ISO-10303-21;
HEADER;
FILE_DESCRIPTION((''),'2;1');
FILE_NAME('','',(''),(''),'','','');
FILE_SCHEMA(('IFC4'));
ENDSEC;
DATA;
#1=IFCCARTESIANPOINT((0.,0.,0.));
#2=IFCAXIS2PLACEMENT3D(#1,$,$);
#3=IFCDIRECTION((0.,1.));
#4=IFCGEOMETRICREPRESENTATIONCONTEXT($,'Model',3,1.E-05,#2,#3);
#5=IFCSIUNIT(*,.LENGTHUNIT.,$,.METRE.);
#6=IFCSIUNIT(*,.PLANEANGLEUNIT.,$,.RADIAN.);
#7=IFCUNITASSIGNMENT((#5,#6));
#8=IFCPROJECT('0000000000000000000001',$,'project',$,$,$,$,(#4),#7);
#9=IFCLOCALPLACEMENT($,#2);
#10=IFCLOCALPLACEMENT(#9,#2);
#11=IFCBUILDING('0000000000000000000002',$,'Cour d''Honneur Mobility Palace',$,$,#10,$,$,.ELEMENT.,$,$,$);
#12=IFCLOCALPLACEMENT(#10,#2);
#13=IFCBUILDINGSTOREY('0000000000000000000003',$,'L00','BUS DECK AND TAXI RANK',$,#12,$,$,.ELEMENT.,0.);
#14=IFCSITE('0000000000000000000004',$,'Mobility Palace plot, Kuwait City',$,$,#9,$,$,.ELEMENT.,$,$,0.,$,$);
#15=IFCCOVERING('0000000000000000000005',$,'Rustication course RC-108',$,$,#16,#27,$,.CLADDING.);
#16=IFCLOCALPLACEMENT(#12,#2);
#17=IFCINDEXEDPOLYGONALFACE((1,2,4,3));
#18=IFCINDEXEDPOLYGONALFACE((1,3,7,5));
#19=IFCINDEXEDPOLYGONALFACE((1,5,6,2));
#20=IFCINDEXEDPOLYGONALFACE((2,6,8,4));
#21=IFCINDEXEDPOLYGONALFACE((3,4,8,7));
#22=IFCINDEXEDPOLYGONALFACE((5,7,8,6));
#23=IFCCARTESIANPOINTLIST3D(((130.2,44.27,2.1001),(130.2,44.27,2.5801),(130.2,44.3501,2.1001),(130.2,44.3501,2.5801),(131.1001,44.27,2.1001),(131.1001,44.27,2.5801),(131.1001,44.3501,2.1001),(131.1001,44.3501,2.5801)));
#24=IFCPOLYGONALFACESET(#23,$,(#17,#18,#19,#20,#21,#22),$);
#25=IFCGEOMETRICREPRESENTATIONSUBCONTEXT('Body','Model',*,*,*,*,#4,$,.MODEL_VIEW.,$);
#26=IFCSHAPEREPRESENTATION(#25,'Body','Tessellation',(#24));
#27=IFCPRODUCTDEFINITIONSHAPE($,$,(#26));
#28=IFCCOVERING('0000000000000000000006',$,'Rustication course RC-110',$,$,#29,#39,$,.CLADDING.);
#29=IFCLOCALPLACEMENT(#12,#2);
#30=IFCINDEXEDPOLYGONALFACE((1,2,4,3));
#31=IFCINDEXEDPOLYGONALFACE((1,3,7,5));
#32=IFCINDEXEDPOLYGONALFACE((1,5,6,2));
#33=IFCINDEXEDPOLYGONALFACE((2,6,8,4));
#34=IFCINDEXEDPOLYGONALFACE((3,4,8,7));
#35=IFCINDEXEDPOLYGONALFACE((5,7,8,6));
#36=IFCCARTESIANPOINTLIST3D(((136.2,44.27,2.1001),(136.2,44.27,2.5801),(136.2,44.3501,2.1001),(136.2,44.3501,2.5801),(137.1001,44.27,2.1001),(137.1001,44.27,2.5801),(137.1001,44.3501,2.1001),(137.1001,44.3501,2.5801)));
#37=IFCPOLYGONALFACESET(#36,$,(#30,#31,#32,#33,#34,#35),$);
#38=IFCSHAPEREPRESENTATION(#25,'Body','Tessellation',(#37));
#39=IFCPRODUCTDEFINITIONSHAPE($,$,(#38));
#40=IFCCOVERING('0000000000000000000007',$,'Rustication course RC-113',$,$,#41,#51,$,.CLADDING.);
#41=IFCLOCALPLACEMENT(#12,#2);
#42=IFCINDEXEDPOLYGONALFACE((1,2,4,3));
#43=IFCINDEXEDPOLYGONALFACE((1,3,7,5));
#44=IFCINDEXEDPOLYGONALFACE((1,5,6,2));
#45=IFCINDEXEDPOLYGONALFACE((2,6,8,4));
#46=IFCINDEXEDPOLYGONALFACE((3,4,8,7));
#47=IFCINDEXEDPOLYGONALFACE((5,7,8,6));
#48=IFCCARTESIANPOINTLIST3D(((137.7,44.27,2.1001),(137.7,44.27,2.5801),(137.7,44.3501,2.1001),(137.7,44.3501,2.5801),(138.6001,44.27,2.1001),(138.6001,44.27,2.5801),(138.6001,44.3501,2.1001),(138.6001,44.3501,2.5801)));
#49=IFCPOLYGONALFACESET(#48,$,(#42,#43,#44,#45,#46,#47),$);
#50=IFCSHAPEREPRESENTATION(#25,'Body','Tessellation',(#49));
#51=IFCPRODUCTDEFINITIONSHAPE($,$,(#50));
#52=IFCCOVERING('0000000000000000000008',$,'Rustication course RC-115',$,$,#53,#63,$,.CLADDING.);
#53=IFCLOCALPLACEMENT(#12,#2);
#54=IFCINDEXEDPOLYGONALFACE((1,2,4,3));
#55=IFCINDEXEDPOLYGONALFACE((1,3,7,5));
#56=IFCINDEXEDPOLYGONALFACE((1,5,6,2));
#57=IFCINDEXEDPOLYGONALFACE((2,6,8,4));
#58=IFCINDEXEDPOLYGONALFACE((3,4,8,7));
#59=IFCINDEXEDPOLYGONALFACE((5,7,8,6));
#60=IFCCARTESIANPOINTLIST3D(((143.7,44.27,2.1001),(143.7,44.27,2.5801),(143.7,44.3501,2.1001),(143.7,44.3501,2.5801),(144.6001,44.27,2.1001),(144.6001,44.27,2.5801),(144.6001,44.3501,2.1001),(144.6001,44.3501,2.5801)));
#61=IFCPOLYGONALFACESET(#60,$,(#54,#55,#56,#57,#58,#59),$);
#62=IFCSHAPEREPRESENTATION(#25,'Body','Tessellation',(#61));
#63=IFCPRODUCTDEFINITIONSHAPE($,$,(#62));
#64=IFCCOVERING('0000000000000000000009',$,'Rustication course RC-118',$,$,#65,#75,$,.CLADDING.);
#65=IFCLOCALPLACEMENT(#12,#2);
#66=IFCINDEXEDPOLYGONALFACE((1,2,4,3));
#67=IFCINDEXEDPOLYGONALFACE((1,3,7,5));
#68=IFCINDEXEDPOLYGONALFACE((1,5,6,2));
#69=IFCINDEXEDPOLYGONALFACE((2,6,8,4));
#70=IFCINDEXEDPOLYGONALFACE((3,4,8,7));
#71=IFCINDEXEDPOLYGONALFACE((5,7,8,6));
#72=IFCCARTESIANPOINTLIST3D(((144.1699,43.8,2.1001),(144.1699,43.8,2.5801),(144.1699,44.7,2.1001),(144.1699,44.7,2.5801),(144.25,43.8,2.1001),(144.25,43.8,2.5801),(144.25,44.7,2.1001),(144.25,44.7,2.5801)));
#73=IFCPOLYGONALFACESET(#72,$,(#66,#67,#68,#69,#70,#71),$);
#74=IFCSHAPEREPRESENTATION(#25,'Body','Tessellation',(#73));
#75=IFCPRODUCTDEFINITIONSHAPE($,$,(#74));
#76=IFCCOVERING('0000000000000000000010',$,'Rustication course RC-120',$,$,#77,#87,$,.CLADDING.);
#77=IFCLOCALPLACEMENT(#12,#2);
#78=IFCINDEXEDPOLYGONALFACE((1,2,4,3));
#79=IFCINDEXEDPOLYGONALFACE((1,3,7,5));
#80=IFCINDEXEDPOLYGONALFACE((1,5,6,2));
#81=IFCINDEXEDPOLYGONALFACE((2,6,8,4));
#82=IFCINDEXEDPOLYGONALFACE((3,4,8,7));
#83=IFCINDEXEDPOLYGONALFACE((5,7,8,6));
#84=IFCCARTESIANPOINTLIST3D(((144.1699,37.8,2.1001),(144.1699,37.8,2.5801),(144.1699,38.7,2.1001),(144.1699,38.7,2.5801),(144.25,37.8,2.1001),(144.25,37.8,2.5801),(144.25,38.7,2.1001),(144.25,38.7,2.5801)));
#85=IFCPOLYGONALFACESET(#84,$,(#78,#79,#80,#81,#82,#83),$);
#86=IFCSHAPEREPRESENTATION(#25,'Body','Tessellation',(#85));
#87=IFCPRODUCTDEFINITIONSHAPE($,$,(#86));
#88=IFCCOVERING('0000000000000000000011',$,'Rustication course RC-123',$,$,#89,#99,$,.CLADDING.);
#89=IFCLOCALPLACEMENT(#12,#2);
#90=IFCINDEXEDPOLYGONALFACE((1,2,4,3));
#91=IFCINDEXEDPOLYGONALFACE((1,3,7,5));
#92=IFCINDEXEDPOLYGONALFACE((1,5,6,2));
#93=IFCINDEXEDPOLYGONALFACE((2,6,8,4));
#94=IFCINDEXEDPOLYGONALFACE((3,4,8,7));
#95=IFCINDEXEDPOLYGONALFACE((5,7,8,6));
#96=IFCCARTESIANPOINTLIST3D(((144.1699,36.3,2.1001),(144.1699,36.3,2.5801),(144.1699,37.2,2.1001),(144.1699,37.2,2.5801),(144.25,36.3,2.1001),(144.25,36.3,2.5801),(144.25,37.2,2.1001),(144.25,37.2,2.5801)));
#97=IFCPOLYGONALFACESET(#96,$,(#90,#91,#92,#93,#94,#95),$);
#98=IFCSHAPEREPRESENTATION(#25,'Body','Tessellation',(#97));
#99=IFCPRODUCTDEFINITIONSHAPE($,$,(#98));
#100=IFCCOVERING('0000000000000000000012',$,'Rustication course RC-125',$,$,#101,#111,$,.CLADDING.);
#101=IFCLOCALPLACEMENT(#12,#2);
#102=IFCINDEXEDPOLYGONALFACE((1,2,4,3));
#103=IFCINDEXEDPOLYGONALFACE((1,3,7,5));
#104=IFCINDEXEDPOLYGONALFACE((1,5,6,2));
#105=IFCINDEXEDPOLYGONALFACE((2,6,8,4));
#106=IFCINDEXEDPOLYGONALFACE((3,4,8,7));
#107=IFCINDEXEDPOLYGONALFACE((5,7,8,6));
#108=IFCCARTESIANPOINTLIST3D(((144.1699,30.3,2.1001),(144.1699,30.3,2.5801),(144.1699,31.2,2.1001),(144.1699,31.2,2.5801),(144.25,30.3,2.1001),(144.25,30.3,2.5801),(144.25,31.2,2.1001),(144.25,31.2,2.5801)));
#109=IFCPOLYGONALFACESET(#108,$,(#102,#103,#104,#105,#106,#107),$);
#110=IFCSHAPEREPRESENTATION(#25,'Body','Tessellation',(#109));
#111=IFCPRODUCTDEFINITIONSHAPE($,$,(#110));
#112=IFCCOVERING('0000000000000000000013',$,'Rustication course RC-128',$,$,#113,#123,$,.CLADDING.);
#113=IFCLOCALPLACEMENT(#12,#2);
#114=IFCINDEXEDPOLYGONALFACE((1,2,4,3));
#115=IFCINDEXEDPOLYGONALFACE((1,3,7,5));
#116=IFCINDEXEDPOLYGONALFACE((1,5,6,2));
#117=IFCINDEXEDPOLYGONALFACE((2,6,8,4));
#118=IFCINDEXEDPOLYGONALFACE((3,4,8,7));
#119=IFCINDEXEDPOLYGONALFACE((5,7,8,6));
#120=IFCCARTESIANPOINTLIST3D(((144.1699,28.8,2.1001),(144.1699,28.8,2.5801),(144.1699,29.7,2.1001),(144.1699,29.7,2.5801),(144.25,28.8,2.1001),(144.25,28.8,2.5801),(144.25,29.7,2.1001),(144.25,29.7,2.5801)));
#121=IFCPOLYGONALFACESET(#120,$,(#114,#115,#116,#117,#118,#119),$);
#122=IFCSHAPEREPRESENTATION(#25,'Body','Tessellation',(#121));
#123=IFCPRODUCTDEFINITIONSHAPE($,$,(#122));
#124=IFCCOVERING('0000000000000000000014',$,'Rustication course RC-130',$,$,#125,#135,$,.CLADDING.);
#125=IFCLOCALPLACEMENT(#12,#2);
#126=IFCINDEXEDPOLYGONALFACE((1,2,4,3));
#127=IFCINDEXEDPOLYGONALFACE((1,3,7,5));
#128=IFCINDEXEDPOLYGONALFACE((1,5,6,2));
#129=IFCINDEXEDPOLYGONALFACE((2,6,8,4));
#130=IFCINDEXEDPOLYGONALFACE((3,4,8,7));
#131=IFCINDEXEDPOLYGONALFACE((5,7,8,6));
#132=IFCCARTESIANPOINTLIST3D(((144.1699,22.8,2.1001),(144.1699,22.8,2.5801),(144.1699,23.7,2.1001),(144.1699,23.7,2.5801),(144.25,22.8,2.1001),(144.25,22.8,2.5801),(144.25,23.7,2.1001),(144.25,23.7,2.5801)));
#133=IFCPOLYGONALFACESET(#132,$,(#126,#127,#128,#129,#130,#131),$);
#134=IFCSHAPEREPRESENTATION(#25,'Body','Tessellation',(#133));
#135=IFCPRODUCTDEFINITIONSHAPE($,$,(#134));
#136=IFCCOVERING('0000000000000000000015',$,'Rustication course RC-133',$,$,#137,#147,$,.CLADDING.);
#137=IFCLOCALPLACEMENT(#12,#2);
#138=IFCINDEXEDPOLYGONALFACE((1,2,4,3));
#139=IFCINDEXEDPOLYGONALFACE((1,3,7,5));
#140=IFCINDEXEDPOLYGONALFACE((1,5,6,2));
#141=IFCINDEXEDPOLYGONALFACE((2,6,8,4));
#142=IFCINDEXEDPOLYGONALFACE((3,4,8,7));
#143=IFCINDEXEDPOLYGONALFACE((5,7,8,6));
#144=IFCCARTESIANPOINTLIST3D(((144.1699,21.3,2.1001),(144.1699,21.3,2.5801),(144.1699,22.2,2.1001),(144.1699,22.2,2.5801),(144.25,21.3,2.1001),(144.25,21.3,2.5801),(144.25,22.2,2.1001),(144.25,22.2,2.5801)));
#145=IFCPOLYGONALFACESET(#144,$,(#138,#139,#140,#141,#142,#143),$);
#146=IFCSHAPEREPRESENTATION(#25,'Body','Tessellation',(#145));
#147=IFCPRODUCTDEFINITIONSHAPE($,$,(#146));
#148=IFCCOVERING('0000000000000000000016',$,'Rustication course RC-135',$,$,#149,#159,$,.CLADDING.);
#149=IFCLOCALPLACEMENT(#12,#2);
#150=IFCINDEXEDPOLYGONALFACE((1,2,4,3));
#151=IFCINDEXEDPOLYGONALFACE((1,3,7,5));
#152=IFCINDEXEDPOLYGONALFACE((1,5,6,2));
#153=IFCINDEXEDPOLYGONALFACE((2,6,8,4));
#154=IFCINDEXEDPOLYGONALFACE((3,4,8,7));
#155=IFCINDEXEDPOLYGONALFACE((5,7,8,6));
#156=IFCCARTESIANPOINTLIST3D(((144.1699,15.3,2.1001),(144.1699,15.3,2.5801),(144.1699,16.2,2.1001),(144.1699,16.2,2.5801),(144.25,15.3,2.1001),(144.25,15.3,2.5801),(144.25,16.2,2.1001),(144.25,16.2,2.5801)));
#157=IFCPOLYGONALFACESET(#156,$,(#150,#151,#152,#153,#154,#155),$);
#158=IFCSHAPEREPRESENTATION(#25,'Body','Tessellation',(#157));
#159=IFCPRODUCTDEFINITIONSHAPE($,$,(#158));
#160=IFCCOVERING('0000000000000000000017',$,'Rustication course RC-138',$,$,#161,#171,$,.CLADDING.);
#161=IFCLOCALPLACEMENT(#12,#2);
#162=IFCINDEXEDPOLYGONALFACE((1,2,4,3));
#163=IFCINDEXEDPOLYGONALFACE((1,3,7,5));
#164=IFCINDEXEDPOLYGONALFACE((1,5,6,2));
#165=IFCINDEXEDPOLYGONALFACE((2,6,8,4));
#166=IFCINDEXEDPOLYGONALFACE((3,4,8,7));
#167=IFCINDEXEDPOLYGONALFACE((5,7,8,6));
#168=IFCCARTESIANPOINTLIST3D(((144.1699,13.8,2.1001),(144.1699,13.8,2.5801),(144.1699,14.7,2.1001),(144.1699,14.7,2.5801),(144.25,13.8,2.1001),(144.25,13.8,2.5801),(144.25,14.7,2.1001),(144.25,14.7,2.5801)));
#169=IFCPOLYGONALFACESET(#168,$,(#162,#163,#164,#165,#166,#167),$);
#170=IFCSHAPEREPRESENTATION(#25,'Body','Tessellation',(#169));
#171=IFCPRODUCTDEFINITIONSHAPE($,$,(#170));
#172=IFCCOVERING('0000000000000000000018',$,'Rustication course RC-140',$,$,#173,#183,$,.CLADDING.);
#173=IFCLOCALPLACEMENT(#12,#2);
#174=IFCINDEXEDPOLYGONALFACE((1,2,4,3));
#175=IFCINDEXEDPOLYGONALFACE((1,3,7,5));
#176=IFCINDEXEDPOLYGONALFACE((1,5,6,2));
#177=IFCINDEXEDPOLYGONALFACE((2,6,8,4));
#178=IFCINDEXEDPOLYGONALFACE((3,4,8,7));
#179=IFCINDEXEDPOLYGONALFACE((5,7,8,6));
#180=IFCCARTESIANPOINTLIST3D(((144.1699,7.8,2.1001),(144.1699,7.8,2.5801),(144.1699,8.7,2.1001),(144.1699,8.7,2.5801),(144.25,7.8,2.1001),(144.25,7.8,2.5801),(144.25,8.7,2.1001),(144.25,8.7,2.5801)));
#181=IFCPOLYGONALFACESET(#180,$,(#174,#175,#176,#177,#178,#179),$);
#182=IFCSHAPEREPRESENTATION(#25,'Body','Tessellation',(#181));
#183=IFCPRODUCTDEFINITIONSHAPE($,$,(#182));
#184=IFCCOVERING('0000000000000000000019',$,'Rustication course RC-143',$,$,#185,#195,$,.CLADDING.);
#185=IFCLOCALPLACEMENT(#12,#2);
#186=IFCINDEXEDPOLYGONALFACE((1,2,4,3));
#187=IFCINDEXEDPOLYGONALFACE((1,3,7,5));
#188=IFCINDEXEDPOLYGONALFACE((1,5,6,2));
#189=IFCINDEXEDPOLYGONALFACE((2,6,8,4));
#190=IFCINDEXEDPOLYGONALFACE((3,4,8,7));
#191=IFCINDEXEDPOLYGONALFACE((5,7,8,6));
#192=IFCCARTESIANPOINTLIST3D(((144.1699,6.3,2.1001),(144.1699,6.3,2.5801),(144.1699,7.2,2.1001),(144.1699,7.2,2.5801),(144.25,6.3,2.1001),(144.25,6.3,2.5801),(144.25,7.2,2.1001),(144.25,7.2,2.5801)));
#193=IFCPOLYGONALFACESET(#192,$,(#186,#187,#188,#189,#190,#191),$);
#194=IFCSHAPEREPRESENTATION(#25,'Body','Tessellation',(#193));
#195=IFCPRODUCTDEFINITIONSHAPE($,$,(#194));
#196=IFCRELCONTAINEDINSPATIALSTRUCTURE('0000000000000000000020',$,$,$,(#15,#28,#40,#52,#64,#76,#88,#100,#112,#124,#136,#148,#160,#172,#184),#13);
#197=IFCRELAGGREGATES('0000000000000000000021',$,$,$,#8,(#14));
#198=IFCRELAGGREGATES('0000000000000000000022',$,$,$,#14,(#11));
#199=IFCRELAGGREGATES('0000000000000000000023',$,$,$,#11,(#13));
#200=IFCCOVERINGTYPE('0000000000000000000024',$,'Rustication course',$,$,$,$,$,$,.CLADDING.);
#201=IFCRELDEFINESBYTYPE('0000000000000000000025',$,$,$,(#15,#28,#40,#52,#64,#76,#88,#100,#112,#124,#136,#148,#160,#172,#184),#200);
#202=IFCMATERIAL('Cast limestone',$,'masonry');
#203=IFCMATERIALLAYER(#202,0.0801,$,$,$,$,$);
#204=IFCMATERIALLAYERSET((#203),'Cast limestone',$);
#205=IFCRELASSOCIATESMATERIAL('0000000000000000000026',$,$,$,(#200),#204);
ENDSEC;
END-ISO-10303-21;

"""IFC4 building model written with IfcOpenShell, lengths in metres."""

from ifc_helpers import new_model, si_unit, direction, frame, origin, place, context, subcontext, project, spatial, polyline, outline, extrude, material, layer, layer_set, type_object, element, save


model = new_model("IFC4")

# Units and contexts
model_context = context("Model", 3, precision=1e-05, world=origin(), true_north=direction((0.0, 1.0)))
body_context = subcontext(model_context, "Body", "Model", "MODEL_VIEW")
ifc_project = project(units=[si_unit("LENGTHUNIT", "METRE"), si_unit("PLANEANGLEUNIT", "RADIAN")], contexts=[model_context])

# Site, building, storey
site_placement = place(None, origin())
site = spatial("IfcSite", under=ifc_project, at=site_placement, Name="Mobility Palace plot, Kuwait City", CompositionType="ELEMENT", RefElevation=0.0)
building_placement = place(site_placement, origin())
building = spatial("IfcBuilding", under=site, at=building_placement, Name="Cour d'Honneur Mobility Palace", CompositionType="ELEMENT")
storey_placement = place(building_placement, origin())
storey = spatial("IfcBuildingStorey", under=building, at=storey_placement, Name="L00", Description="BUS DECK AND TAXI RANK", CompositionType="ELEMENT", Elevation=0.0)

# Coverings
ifc_material = material(Name="Cast limestone", Category="masonry")
ifc_layer = layer(ifc_material, 0.0801)
ifc_layer_set = layer_set([ifc_layer], Name="Cast limestone")
covering_type = type_object("IfcCoveringType", Name="Rustication course", PredefinedType="CLADDING", material=ifc_layer_set)
covering_1_placement = place(storey_placement, frame((0.0, 0.0, 2.1001)))
element("IfcCovering", 1, at=covering_1_placement, inside=storey, type_object=covering_type, Name="Rustication course RC-108", PredefinedType="CLADDING", context=body_context, shape_type="SweptSolid", body=[
    extrude(outline(polyline([(130.2, 44.3501), (131.1001, 44.3501), (131.1001, 44.27), (130.2, 44.27), (130.2, 44.3501)])), origin(), (0.0, 0.0, 1.0), 0.48),
])
covering_2_placement = place(storey_placement, frame((0.0, 0.0, 2.1001)))
element("IfcCovering", 2, at=covering_2_placement, inside=storey, type_object=covering_type, Name="Rustication course RC-110", PredefinedType="CLADDING", context=body_context, shape_type="SweptSolid", body=[
    extrude(outline(polyline([(136.2, 44.3501), (137.1001, 44.3501), (137.1001, 44.27), (136.2, 44.27), (136.2, 44.3501)])), origin(), (0.0, 0.0, 1.0), 0.48),
])
covering_3_placement = place(storey_placement, frame((0.0, 0.0, 2.1001)))
element("IfcCovering", 3, at=covering_3_placement, inside=storey, type_object=covering_type, Name="Rustication course RC-113", PredefinedType="CLADDING", context=body_context, shape_type="SweptSolid", body=[
    extrude(outline(polyline([(137.7, 44.3501), (138.6001, 44.3501), (138.6001, 44.27), (137.7, 44.27), (137.7, 44.3501)])), origin(), (0.0, 0.0, 1.0), 0.48),
])
covering_4_placement = place(storey_placement, frame((0.0, 0.0, 2.1001)))
element("IfcCovering", 4, at=covering_4_placement, inside=storey, type_object=covering_type, Name="Rustication course RC-115", PredefinedType="CLADDING", context=body_context, shape_type="SweptSolid", body=[
    extrude(outline(polyline([(143.7, 44.3501), (144.6001, 44.3501), (144.6001, 44.27), (143.7, 44.27), (143.7, 44.3501)])), origin(), (0.0, 0.0, 1.0), 0.48),
])
covering_5_placement = place(storey_placement, frame((0.0, 0.0, 2.1001)))
element("IfcCovering", 5, at=covering_5_placement, inside=storey, type_object=covering_type, Name="Rustication course RC-118", PredefinedType="CLADDING", context=body_context, shape_type="SweptSolid", body=[
    extrude(outline(polyline([(144.25, 44.7), (144.25, 43.8), (144.1699, 43.8), (144.1699, 44.7), (144.25, 44.7)])), origin(), (0.0, 0.0, 1.0), 0.48),
])
covering_6_placement = place(storey_placement, frame((0.0, 0.0, 2.1001)))
element("IfcCovering", 6, at=covering_6_placement, inside=storey, type_object=covering_type, Name="Rustication course RC-120", PredefinedType="CLADDING", context=body_context, shape_type="SweptSolid", body=[
    extrude(outline(polyline([(144.25, 38.7), (144.25, 37.8), (144.1699, 37.8), (144.1699, 38.7), (144.25, 38.7)])), origin(), (0.0, 0.0, 1.0), 0.48),
])
covering_7_placement = place(storey_placement, frame((0.0, 0.0, 2.1001)))
element("IfcCovering", 7, at=covering_7_placement, inside=storey, type_object=covering_type, Name="Rustication course RC-123", PredefinedType="CLADDING", context=body_context, shape_type="SweptSolid", body=[
    extrude(outline(polyline([(144.25, 37.2), (144.25, 36.3), (144.1699, 36.3), (144.1699, 37.2), (144.25, 37.2)])), origin(), (0.0, 0.0, 1.0), 0.48),
])
covering_8_placement = place(storey_placement, frame((0.0, 0.0, 2.1001)))
element("IfcCovering", 8, at=covering_8_placement, inside=storey, type_object=covering_type, Name="Rustication course RC-125", PredefinedType="CLADDING", context=body_context, shape_type="SweptSolid", body=[
    extrude(outline(polyline([(144.25, 31.2), (144.25, 30.3), (144.1699, 30.3), (144.1699, 31.2), (144.25, 31.2)])), origin(), (0.0, 0.0, 1.0), 0.48),
])
covering_9_placement = place(storey_placement, frame((0.0, 0.0, 2.1001)))
element("IfcCovering", 9, at=covering_9_placement, inside=storey, type_object=covering_type, Name="Rustication course RC-128", PredefinedType="CLADDING", context=body_context, shape_type="SweptSolid", body=[
    extrude(outline(polyline([(144.25, 29.7), (144.25, 28.8), (144.1699, 28.8), (144.1699, 29.7), (144.25, 29.7)])), origin(), (0.0, 0.0, 1.0), 0.48),
])
covering_10_placement = place(storey_placement, frame((0.0, 0.0, 2.1001)))
element("IfcCovering", 10, at=covering_10_placement, inside=storey, type_object=covering_type, Name="Rustication course RC-130", PredefinedType="CLADDING", context=body_context, shape_type="SweptSolid", body=[
    extrude(outline(polyline([(144.25, 23.7), (144.25, 22.8), (144.1699, 22.8), (144.1699, 23.7), (144.25, 23.7)])), origin(), (0.0, 0.0, 1.0), 0.48),
])
covering_11_placement = place(storey_placement, frame((0.0, 0.0, 2.1001)))
element("IfcCovering", 11, at=covering_11_placement, inside=storey, type_object=covering_type, Name="Rustication course RC-133", PredefinedType="CLADDING", context=body_context, shape_type="SweptSolid", body=[
    extrude(outline(polyline([(144.25, 22.2), (144.25, 21.3), (144.1699, 21.3), (144.1699, 22.2), (144.25, 22.2)])), origin(), (0.0, 0.0, 1.0), 0.48),
])
covering_12_placement = place(storey_placement, frame((0.0, 0.0, 2.1001)))
element("IfcCovering", 12, at=covering_12_placement, inside=storey, type_object=covering_type, Name="Rustication course RC-135", PredefinedType="CLADDING", context=body_context, shape_type="SweptSolid", body=[
    extrude(outline(polyline([(144.25, 16.2), (144.25, 15.3), (144.1699, 15.3), (144.1699, 16.2), (144.25, 16.2)])), origin(), (0.0, 0.0, 1.0), 0.48),
])
covering_13_placement = place(storey_placement, frame((0.0, 0.0, 2.1001)))
element("IfcCovering", 13, at=covering_13_placement, inside=storey, type_object=covering_type, Name="Rustication course RC-138", PredefinedType="CLADDING", context=body_context, shape_type="SweptSolid", body=[
    extrude(outline(polyline([(144.25, 14.7), (144.25, 13.8), (144.1699, 13.8), (144.1699, 14.7), (144.25, 14.7)])), origin(), (0.0, 0.0, 1.0), 0.48),
])
covering_14_placement = place(storey_placement, frame((0.0, 0.0, 2.1001)))
element("IfcCovering", 14, at=covering_14_placement, inside=storey, type_object=covering_type, Name="Rustication course RC-140", PredefinedType="CLADDING", context=body_context, shape_type="SweptSolid", body=[
    extrude(outline(polyline([(144.25, 8.7), (144.25, 7.8), (144.1699, 7.8), (144.1699, 8.7), (144.25, 8.7)])), origin(), (0.0, 0.0, 1.0), 0.48),
])
covering_15_placement = place(storey_placement, frame((0.0, 0.0, 2.1001)))
element("IfcCovering", 15, at=covering_15_placement, inside=storey, type_object=covering_type, Name="Rustication course RC-143", PredefinedType="CLADDING", context=body_context, shape_type="SweptSolid", body=[
    extrude(outline(polyline([(144.25, 7.2), (144.25, 6.3), (144.1699, 6.3), (144.1699, 7.2), (144.25, 7.2)])), origin(), (0.0, 0.0, 1.0), 0.48),
])

save(model, "model.ifc")
